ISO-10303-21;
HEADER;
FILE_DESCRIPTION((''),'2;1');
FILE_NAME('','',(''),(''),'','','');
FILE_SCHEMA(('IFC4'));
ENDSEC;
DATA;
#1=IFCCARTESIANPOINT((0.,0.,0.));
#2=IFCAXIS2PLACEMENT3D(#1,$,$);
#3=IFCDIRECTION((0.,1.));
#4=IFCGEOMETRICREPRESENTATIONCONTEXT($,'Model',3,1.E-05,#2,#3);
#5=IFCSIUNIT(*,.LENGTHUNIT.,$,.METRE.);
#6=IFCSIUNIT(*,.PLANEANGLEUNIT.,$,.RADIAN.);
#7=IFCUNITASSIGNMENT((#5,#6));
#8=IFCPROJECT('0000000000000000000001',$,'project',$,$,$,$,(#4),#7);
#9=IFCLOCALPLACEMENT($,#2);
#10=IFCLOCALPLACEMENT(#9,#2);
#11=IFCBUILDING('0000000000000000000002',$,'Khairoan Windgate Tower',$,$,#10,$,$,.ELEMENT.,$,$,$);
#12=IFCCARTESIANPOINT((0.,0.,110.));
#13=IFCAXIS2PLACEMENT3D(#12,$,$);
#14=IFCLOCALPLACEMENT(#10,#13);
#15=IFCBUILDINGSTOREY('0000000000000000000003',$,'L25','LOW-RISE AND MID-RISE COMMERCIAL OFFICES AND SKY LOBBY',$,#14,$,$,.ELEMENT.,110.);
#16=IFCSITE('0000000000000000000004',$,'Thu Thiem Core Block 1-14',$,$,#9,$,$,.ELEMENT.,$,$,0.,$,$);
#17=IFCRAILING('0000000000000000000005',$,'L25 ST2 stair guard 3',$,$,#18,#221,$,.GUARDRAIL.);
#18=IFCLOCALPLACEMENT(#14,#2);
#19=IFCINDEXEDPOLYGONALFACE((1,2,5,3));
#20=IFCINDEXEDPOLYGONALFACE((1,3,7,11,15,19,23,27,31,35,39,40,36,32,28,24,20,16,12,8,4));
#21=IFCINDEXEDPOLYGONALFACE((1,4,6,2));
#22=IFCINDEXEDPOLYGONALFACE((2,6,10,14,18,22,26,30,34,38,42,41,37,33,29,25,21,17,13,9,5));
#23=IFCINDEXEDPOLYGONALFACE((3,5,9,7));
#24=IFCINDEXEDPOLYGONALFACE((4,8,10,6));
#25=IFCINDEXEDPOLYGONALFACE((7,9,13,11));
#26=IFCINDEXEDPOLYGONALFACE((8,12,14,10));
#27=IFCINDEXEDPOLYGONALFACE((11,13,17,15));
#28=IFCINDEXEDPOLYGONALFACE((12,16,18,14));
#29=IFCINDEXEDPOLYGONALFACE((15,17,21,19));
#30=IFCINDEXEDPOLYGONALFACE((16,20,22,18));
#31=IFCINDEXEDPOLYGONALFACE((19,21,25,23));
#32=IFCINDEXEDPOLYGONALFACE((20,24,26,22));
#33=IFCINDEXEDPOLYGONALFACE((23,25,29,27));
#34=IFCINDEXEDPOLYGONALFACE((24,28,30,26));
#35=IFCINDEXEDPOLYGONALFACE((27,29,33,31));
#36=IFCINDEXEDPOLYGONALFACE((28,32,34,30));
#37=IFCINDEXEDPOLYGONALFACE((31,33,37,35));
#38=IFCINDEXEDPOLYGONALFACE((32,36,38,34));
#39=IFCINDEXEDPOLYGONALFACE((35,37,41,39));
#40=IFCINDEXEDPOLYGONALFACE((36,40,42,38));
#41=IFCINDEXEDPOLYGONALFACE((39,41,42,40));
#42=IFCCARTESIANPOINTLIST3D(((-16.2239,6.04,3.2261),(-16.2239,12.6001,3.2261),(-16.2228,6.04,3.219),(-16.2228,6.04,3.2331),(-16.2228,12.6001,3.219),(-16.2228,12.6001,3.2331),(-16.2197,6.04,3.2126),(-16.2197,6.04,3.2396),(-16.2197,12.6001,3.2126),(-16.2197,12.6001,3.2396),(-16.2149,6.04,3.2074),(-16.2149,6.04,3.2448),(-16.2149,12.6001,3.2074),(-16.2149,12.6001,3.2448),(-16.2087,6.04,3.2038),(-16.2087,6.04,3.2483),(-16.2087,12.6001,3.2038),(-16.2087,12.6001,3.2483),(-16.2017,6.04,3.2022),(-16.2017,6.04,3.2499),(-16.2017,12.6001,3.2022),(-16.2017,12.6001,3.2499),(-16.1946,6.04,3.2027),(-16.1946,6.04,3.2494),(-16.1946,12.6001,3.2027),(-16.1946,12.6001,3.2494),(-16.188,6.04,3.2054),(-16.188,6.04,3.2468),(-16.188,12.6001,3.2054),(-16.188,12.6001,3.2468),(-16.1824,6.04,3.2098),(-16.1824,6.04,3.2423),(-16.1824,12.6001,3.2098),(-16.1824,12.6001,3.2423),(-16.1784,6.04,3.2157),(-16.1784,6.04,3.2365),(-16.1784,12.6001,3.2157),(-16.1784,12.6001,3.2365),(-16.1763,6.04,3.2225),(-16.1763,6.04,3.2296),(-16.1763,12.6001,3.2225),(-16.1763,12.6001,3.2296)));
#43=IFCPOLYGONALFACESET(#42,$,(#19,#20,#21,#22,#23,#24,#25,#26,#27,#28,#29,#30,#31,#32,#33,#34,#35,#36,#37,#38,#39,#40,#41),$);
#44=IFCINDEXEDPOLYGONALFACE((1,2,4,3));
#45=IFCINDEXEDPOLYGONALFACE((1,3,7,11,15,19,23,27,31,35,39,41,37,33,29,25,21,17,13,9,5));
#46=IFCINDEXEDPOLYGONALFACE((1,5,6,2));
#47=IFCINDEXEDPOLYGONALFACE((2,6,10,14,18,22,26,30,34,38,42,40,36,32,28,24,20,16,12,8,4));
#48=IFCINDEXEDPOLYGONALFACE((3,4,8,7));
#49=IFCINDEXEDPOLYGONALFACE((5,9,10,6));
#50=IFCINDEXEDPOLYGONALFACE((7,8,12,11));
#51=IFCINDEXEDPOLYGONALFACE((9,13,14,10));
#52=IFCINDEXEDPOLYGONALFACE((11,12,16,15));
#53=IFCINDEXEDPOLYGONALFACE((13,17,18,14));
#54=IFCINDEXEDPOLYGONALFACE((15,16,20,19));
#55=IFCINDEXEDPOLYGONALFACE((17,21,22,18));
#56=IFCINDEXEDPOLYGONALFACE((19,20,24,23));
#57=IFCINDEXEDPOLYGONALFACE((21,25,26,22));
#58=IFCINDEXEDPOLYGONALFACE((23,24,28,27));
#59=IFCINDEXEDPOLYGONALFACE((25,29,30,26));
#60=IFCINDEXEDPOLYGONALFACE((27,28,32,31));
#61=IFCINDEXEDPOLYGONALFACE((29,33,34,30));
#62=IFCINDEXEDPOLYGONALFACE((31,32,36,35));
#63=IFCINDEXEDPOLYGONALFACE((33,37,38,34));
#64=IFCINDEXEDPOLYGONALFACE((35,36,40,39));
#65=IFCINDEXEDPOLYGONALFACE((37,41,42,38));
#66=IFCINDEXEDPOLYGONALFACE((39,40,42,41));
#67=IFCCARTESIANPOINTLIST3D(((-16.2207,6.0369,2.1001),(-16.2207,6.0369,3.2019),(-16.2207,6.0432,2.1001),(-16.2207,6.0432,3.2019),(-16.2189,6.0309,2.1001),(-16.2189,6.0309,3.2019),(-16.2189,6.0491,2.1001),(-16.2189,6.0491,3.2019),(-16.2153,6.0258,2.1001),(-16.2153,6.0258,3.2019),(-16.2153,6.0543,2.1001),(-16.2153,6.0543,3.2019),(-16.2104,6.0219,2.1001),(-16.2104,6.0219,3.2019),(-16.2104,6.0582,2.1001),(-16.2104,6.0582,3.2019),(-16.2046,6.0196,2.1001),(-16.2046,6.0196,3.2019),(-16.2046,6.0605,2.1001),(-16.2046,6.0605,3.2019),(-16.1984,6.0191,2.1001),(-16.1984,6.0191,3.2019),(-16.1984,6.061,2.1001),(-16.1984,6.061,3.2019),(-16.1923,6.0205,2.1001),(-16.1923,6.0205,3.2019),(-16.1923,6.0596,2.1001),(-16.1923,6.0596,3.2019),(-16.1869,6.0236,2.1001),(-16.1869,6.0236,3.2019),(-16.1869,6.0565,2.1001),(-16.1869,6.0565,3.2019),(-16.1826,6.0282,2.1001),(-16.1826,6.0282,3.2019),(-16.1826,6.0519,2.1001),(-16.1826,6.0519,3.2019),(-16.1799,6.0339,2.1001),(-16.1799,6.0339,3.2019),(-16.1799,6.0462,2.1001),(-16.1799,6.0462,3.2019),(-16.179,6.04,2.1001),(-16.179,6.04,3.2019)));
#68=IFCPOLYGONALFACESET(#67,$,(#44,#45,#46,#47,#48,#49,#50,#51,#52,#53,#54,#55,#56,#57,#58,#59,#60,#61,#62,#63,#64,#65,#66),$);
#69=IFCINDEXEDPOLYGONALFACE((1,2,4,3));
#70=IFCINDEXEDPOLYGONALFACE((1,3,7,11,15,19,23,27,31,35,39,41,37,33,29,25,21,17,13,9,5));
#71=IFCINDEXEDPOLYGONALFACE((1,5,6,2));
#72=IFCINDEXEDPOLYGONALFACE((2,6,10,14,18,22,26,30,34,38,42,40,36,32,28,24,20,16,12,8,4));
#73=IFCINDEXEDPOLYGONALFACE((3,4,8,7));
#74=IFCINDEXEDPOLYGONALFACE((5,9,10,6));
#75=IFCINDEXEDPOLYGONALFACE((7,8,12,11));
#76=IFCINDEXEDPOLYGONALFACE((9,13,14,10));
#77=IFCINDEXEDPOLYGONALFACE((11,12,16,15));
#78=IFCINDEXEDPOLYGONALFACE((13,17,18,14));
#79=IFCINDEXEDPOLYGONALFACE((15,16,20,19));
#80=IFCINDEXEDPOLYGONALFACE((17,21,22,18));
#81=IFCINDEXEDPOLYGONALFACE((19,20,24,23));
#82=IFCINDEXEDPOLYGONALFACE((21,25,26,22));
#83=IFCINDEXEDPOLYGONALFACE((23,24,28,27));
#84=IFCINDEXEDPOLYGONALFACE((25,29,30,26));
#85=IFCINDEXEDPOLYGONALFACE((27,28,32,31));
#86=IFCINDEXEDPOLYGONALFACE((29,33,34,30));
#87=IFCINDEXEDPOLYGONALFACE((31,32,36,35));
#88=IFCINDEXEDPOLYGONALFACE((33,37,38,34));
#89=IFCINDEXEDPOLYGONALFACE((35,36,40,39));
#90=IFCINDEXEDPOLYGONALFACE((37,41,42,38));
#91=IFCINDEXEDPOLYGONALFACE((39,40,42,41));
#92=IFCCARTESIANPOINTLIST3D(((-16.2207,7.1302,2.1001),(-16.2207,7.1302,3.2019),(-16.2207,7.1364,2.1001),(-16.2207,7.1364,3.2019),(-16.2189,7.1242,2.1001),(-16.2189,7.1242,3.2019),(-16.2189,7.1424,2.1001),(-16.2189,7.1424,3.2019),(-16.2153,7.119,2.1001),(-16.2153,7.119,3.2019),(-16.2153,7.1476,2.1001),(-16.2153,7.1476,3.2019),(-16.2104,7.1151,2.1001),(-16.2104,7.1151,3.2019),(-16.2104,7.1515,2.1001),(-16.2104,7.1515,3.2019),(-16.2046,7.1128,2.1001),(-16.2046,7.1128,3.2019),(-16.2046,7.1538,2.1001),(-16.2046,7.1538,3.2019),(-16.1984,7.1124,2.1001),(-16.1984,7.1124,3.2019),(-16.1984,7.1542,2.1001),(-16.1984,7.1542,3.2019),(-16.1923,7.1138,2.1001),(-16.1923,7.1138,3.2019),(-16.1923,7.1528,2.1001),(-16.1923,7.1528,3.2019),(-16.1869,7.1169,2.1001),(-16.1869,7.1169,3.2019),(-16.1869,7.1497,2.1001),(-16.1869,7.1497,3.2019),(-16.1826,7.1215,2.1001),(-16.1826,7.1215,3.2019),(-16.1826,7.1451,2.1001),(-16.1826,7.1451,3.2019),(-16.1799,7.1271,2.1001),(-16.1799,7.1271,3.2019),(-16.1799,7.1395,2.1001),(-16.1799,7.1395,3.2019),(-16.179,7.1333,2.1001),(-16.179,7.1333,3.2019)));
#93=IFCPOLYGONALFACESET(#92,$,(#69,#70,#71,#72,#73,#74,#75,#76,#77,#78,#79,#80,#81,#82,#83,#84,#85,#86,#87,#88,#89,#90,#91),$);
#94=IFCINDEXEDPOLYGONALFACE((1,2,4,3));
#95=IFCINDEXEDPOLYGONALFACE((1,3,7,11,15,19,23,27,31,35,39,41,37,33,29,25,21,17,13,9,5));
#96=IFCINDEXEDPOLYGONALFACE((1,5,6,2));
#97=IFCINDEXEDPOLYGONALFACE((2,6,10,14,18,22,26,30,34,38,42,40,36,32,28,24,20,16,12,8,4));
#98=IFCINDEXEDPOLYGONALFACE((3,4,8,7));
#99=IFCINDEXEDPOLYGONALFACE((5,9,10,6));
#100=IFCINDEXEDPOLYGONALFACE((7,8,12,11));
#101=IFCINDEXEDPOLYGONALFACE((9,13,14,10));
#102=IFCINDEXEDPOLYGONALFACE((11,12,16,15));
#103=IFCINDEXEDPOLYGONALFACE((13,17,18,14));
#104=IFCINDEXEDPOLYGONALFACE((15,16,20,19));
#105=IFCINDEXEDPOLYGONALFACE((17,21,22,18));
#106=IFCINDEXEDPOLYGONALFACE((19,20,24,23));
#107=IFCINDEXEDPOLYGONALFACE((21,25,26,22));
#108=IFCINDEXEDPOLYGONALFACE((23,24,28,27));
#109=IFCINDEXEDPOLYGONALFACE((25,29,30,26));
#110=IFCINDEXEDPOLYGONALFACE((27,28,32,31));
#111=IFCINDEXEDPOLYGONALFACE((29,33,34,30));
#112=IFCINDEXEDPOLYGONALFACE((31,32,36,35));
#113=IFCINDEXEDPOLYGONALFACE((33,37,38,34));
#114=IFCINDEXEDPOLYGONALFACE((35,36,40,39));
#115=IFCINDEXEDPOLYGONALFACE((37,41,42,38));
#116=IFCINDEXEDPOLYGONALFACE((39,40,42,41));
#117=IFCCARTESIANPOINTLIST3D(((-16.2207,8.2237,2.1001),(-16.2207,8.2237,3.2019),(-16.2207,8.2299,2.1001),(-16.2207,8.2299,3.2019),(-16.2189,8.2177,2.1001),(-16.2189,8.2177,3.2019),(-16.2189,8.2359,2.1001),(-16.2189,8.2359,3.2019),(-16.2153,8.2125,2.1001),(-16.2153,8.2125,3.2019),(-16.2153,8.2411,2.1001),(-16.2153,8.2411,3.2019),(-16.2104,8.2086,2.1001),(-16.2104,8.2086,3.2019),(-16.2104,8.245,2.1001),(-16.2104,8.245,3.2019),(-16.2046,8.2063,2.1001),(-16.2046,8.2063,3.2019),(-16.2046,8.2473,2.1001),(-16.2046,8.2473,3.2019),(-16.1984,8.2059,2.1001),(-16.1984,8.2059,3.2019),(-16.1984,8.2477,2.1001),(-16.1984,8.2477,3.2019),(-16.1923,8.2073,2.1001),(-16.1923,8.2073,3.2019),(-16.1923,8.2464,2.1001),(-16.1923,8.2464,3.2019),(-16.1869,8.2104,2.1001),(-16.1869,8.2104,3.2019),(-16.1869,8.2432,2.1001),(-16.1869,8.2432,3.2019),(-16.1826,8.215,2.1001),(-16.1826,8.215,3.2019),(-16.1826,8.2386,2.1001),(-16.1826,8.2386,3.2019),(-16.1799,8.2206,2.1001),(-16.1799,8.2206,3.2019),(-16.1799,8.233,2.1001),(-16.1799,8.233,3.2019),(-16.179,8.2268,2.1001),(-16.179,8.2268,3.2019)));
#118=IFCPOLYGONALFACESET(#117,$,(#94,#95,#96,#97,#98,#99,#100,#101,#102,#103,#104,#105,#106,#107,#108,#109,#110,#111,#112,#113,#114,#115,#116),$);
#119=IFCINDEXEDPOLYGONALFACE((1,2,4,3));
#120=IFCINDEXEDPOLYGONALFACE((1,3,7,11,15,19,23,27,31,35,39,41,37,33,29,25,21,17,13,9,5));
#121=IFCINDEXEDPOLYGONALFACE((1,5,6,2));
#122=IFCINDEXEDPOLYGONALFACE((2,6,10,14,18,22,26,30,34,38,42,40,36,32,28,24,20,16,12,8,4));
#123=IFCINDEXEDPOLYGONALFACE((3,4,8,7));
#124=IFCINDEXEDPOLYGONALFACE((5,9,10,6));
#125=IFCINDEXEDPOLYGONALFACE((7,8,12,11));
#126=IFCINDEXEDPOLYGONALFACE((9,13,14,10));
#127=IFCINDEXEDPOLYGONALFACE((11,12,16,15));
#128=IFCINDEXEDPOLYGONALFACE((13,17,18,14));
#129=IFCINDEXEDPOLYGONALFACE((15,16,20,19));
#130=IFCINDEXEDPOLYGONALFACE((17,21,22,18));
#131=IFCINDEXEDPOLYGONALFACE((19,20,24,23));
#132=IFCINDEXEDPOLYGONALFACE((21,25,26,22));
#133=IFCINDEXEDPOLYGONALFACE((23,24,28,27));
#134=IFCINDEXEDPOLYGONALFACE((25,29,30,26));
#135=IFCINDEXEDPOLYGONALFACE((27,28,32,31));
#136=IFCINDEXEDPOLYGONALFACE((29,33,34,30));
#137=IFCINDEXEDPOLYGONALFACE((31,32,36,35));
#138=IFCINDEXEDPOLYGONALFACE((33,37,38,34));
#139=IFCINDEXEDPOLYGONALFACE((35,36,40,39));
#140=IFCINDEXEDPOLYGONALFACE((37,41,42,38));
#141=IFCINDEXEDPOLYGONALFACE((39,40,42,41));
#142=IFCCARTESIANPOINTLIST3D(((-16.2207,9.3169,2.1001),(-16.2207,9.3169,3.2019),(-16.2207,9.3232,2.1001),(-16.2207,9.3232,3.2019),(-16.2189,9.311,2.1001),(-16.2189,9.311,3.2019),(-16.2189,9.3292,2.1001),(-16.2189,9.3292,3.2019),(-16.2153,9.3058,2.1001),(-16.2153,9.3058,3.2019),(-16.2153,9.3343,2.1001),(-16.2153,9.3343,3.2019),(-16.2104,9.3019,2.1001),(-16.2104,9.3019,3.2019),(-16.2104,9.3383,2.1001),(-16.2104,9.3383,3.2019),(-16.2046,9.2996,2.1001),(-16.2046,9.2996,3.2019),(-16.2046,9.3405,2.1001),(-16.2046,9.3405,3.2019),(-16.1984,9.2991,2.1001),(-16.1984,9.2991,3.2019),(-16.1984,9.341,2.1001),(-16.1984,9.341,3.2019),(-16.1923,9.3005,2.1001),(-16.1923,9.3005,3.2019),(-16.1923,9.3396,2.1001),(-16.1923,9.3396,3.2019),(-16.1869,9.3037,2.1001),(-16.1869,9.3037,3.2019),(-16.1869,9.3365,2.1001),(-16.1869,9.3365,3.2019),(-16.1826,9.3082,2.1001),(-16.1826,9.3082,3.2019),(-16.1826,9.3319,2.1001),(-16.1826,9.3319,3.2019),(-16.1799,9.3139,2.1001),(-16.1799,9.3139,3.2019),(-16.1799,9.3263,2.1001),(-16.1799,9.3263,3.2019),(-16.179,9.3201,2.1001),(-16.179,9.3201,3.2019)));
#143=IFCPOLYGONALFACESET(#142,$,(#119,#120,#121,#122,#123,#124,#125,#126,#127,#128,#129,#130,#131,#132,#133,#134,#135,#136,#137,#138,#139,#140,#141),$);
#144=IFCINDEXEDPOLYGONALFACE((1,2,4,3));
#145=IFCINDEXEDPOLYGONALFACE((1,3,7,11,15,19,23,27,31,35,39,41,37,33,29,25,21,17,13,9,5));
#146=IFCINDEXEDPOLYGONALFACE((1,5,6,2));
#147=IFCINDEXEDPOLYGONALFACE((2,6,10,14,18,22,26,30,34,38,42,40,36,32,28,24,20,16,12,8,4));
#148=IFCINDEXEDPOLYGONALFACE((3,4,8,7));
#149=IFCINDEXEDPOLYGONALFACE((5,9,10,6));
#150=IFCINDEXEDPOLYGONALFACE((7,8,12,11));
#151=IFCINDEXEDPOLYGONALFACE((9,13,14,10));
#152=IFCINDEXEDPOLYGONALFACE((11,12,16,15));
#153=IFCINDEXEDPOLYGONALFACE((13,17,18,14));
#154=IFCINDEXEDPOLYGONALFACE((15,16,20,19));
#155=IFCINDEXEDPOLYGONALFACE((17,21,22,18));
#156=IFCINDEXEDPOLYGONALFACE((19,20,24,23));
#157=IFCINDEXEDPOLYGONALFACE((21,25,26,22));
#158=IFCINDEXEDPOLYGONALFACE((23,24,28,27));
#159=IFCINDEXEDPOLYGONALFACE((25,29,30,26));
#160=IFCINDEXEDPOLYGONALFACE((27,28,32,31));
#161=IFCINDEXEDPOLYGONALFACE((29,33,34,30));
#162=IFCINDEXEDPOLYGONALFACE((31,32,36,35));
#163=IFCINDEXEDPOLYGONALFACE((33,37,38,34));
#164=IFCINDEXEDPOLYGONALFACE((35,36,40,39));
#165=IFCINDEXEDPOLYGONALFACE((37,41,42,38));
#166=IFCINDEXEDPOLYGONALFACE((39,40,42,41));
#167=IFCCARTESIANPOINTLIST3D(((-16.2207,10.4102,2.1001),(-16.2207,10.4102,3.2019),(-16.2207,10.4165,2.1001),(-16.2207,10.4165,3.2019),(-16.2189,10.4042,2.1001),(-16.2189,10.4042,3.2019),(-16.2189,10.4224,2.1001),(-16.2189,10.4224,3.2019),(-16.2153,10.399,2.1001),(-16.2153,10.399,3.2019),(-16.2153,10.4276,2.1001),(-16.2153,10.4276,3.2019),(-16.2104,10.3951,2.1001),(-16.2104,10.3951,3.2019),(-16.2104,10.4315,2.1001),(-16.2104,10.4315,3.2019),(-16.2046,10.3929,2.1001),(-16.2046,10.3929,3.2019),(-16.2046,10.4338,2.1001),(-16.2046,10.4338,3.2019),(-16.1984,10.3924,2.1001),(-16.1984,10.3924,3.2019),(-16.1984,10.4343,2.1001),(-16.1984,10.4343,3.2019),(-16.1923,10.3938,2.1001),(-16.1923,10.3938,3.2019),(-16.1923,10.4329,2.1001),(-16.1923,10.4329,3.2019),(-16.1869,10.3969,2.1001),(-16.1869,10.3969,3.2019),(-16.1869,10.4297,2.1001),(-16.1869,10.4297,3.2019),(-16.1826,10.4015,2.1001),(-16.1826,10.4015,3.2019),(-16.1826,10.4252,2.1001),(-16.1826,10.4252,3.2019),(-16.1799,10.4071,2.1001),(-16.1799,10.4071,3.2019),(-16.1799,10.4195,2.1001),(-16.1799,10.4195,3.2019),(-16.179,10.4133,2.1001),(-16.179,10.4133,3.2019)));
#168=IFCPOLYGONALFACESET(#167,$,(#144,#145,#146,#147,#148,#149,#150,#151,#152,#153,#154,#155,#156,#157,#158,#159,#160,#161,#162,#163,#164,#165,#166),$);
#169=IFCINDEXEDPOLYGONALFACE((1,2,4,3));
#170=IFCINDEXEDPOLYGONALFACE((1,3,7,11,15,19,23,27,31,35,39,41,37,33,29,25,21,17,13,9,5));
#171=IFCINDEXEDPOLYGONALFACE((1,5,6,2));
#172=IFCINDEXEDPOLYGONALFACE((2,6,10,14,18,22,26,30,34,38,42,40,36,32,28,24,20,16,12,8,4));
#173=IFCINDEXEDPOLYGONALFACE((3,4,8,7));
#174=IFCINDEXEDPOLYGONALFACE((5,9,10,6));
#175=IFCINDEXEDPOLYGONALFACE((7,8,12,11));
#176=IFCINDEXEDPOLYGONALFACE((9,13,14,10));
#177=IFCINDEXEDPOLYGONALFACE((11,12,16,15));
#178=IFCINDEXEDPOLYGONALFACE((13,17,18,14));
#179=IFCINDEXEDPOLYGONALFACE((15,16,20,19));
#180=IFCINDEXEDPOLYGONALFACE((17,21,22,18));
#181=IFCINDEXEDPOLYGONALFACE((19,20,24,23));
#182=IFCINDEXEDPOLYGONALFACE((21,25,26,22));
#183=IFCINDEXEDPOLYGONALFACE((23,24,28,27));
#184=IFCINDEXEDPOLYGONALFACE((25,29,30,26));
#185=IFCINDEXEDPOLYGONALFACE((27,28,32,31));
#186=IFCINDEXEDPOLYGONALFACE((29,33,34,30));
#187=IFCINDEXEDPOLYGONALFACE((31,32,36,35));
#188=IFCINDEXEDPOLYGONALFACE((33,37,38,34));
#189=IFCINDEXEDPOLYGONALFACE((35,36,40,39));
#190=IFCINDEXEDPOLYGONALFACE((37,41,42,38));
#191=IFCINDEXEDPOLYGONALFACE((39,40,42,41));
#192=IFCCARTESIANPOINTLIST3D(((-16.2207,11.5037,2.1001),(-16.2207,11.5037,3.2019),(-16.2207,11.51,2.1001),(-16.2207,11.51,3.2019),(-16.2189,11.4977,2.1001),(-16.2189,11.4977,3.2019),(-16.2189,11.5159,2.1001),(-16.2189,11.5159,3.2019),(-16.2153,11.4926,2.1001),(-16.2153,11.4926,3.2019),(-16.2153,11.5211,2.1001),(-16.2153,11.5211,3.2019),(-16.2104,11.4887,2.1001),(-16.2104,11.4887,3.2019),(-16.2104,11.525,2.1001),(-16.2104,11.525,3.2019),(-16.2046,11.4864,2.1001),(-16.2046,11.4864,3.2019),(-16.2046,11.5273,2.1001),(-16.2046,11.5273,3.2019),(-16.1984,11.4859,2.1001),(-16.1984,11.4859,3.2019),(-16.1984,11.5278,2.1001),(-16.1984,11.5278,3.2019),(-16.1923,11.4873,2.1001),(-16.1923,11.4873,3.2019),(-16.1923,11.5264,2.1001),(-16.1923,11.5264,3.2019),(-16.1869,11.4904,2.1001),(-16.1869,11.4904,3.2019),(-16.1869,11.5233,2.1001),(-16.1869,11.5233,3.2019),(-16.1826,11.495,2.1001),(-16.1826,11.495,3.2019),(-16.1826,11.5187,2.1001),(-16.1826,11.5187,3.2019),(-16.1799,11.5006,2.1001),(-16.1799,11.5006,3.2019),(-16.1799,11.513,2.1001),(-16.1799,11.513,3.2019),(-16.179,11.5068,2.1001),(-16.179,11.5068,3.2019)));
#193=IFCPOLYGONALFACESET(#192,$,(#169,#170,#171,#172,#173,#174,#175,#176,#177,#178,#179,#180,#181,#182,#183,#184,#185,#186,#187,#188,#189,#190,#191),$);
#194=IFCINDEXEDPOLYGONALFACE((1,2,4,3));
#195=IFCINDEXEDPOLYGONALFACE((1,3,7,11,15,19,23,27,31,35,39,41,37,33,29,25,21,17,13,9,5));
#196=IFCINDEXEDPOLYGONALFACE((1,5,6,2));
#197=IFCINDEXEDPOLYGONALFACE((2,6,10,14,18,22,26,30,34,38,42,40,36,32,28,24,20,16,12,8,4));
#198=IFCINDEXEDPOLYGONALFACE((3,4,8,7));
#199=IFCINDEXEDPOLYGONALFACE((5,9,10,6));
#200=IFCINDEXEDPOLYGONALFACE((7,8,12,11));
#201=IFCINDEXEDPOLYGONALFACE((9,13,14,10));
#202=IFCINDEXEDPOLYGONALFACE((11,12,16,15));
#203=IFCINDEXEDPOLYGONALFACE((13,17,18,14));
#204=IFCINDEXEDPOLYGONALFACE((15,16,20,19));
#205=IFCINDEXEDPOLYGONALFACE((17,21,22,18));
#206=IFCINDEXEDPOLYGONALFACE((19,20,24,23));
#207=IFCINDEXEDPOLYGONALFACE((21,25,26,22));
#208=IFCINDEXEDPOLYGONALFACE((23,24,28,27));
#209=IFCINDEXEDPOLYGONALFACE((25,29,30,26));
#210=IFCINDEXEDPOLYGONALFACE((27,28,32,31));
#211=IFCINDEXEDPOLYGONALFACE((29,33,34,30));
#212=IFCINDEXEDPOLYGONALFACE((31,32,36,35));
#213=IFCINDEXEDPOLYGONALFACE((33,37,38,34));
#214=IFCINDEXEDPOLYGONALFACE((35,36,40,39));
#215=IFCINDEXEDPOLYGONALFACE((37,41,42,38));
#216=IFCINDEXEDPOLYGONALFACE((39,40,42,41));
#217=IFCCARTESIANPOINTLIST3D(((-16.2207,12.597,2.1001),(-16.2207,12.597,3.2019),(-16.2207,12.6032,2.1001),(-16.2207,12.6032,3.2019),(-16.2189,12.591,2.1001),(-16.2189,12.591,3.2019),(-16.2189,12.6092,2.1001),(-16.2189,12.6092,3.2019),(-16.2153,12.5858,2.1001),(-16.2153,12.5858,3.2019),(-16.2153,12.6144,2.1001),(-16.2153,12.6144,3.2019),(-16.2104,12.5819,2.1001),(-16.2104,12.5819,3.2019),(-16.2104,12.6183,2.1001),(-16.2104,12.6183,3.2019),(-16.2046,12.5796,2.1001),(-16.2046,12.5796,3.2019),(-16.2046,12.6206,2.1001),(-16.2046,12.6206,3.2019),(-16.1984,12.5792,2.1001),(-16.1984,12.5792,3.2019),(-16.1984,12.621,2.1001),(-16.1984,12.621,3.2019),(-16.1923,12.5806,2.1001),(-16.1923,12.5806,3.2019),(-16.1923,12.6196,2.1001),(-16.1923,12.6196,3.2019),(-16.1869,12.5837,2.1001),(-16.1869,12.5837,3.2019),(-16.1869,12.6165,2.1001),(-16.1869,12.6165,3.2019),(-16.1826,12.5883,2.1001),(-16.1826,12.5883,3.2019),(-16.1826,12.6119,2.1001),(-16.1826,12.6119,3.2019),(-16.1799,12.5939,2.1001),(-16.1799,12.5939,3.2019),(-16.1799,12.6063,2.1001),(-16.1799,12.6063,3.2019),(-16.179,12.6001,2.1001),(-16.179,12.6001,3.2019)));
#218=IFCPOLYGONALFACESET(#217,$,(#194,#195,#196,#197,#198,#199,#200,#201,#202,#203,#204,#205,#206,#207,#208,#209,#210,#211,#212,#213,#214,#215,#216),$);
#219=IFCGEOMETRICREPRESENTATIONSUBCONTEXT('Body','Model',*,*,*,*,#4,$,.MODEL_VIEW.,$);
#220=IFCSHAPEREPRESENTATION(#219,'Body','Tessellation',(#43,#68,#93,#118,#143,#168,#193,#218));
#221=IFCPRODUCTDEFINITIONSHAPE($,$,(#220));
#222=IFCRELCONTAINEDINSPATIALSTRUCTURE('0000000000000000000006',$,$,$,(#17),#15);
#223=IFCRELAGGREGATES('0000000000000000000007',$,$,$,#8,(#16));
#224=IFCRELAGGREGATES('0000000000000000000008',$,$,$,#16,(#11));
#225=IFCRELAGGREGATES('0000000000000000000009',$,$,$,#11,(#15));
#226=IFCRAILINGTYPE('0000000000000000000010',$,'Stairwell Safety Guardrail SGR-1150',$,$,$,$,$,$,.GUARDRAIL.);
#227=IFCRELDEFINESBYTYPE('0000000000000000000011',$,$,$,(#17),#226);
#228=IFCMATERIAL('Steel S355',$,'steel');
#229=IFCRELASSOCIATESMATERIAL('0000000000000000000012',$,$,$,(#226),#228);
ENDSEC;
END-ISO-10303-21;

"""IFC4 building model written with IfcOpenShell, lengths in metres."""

from ifc_helpers import new_model, si_unit, direction, frame, origin, origin_2d, place, context, subcontext, project, spatial, circle, extrude, material, type_object, element, save


model = new_model("IFC4")

# Units and contexts
model_context = context("Model", 3, precision=1e-05, world=origin(), true_north=direction((0.0, 1.0)))
body_context = subcontext(model_context, "Body", "Model", "MODEL_VIEW")
ifc_project = project(units=[si_unit("LENGTHUNIT", "METRE"), si_unit("PLANEANGLEUNIT", "RADIAN")], contexts=[model_context])

# Site, building, storey
site_placement = place(None, origin())
site = spatial("IfcSite", under=ifc_project, at=site_placement, Name="Thu Thiem Core Block 1-14", CompositionType="ELEMENT", RefElevation=0.0)
building_placement = place(site_placement, origin())
building = spatial("IfcBuilding", under=site, at=building_placement, Name="Khairoan Windgate Tower", CompositionType="ELEMENT")
storey_placement = place(building_placement, frame((0.0, 0.0, 110.0)))
storey = spatial("IfcBuildingStorey", under=building, at=storey_placement, Name="L25", Description="LOW-RISE AND MID-RISE COMMERCIAL OFFICES AND SKY LOBBY", CompositionType="ELEMENT", Elevation=110.0)

# Railing
ifc_material_1 = material(Name="Steel S355", Category="steel")
railing_type_1 = type_object("IfcRailingType", Name="Stairwell Safety Guardrail SGR-1150", PredefinedType="GUARDRAIL", material=ifc_material_1)
railing_1_placement = place(storey_placement, frame((-16.2, 6.04, 2.1001)))
element("IfcRailing", 1, at=railing_1_placement, inside=storey, type_object=railing_type_1, Name="L25 ST2 stair guard 3", PredefinedType="GUARDRAIL", context=body_context, shape_type="SweptSolid", body=[
    extrude(circle(Radius=0.0239, at=origin_2d()), frame((0.0, 0.0, 1.126), z_axis=(0.0, 1.0, 0.0), x_axis=(-1.0, 0.0, 0.0)), (0.0, 0.0, 1.0), 6.5601),
    extrude(circle(Radius=0.021, at=origin_2d()), origin(), (0.0, 0.0, 1.0), 1.1018),
    extrude(circle(Radius=0.021, at=origin_2d()), frame((0.0, 1.0933, 0.0)), (0.0, 0.0, 1.0), 1.1018),
    extrude(circle(Radius=0.021, at=origin_2d()), frame((0.0, 2.1868, 0.0)), (0.0, 0.0, 1.0), 1.1018),
    extrude(circle(Radius=0.021, at=origin_2d()), frame((0.0, 3.28, 0.0)), (0.0, 0.0, 1.0), 1.1018),
    extrude(circle(Radius=0.021, at=origin_2d()), frame((0.0, 4.3733, 0.0)), (0.0, 0.0, 1.0), 1.1018),
    extrude(circle(Radius=0.021, at=origin_2d()), frame((0.0, 5.4668, 0.0)), (0.0, 0.0, 1.0), 1.1018),
    extrude(circle(Radius=0.021, at=origin_2d()), frame((0.0, 6.5601, 0.0)), (0.0, 0.0, 1.0), 1.1018),
])

save(model, "model.ifc")
